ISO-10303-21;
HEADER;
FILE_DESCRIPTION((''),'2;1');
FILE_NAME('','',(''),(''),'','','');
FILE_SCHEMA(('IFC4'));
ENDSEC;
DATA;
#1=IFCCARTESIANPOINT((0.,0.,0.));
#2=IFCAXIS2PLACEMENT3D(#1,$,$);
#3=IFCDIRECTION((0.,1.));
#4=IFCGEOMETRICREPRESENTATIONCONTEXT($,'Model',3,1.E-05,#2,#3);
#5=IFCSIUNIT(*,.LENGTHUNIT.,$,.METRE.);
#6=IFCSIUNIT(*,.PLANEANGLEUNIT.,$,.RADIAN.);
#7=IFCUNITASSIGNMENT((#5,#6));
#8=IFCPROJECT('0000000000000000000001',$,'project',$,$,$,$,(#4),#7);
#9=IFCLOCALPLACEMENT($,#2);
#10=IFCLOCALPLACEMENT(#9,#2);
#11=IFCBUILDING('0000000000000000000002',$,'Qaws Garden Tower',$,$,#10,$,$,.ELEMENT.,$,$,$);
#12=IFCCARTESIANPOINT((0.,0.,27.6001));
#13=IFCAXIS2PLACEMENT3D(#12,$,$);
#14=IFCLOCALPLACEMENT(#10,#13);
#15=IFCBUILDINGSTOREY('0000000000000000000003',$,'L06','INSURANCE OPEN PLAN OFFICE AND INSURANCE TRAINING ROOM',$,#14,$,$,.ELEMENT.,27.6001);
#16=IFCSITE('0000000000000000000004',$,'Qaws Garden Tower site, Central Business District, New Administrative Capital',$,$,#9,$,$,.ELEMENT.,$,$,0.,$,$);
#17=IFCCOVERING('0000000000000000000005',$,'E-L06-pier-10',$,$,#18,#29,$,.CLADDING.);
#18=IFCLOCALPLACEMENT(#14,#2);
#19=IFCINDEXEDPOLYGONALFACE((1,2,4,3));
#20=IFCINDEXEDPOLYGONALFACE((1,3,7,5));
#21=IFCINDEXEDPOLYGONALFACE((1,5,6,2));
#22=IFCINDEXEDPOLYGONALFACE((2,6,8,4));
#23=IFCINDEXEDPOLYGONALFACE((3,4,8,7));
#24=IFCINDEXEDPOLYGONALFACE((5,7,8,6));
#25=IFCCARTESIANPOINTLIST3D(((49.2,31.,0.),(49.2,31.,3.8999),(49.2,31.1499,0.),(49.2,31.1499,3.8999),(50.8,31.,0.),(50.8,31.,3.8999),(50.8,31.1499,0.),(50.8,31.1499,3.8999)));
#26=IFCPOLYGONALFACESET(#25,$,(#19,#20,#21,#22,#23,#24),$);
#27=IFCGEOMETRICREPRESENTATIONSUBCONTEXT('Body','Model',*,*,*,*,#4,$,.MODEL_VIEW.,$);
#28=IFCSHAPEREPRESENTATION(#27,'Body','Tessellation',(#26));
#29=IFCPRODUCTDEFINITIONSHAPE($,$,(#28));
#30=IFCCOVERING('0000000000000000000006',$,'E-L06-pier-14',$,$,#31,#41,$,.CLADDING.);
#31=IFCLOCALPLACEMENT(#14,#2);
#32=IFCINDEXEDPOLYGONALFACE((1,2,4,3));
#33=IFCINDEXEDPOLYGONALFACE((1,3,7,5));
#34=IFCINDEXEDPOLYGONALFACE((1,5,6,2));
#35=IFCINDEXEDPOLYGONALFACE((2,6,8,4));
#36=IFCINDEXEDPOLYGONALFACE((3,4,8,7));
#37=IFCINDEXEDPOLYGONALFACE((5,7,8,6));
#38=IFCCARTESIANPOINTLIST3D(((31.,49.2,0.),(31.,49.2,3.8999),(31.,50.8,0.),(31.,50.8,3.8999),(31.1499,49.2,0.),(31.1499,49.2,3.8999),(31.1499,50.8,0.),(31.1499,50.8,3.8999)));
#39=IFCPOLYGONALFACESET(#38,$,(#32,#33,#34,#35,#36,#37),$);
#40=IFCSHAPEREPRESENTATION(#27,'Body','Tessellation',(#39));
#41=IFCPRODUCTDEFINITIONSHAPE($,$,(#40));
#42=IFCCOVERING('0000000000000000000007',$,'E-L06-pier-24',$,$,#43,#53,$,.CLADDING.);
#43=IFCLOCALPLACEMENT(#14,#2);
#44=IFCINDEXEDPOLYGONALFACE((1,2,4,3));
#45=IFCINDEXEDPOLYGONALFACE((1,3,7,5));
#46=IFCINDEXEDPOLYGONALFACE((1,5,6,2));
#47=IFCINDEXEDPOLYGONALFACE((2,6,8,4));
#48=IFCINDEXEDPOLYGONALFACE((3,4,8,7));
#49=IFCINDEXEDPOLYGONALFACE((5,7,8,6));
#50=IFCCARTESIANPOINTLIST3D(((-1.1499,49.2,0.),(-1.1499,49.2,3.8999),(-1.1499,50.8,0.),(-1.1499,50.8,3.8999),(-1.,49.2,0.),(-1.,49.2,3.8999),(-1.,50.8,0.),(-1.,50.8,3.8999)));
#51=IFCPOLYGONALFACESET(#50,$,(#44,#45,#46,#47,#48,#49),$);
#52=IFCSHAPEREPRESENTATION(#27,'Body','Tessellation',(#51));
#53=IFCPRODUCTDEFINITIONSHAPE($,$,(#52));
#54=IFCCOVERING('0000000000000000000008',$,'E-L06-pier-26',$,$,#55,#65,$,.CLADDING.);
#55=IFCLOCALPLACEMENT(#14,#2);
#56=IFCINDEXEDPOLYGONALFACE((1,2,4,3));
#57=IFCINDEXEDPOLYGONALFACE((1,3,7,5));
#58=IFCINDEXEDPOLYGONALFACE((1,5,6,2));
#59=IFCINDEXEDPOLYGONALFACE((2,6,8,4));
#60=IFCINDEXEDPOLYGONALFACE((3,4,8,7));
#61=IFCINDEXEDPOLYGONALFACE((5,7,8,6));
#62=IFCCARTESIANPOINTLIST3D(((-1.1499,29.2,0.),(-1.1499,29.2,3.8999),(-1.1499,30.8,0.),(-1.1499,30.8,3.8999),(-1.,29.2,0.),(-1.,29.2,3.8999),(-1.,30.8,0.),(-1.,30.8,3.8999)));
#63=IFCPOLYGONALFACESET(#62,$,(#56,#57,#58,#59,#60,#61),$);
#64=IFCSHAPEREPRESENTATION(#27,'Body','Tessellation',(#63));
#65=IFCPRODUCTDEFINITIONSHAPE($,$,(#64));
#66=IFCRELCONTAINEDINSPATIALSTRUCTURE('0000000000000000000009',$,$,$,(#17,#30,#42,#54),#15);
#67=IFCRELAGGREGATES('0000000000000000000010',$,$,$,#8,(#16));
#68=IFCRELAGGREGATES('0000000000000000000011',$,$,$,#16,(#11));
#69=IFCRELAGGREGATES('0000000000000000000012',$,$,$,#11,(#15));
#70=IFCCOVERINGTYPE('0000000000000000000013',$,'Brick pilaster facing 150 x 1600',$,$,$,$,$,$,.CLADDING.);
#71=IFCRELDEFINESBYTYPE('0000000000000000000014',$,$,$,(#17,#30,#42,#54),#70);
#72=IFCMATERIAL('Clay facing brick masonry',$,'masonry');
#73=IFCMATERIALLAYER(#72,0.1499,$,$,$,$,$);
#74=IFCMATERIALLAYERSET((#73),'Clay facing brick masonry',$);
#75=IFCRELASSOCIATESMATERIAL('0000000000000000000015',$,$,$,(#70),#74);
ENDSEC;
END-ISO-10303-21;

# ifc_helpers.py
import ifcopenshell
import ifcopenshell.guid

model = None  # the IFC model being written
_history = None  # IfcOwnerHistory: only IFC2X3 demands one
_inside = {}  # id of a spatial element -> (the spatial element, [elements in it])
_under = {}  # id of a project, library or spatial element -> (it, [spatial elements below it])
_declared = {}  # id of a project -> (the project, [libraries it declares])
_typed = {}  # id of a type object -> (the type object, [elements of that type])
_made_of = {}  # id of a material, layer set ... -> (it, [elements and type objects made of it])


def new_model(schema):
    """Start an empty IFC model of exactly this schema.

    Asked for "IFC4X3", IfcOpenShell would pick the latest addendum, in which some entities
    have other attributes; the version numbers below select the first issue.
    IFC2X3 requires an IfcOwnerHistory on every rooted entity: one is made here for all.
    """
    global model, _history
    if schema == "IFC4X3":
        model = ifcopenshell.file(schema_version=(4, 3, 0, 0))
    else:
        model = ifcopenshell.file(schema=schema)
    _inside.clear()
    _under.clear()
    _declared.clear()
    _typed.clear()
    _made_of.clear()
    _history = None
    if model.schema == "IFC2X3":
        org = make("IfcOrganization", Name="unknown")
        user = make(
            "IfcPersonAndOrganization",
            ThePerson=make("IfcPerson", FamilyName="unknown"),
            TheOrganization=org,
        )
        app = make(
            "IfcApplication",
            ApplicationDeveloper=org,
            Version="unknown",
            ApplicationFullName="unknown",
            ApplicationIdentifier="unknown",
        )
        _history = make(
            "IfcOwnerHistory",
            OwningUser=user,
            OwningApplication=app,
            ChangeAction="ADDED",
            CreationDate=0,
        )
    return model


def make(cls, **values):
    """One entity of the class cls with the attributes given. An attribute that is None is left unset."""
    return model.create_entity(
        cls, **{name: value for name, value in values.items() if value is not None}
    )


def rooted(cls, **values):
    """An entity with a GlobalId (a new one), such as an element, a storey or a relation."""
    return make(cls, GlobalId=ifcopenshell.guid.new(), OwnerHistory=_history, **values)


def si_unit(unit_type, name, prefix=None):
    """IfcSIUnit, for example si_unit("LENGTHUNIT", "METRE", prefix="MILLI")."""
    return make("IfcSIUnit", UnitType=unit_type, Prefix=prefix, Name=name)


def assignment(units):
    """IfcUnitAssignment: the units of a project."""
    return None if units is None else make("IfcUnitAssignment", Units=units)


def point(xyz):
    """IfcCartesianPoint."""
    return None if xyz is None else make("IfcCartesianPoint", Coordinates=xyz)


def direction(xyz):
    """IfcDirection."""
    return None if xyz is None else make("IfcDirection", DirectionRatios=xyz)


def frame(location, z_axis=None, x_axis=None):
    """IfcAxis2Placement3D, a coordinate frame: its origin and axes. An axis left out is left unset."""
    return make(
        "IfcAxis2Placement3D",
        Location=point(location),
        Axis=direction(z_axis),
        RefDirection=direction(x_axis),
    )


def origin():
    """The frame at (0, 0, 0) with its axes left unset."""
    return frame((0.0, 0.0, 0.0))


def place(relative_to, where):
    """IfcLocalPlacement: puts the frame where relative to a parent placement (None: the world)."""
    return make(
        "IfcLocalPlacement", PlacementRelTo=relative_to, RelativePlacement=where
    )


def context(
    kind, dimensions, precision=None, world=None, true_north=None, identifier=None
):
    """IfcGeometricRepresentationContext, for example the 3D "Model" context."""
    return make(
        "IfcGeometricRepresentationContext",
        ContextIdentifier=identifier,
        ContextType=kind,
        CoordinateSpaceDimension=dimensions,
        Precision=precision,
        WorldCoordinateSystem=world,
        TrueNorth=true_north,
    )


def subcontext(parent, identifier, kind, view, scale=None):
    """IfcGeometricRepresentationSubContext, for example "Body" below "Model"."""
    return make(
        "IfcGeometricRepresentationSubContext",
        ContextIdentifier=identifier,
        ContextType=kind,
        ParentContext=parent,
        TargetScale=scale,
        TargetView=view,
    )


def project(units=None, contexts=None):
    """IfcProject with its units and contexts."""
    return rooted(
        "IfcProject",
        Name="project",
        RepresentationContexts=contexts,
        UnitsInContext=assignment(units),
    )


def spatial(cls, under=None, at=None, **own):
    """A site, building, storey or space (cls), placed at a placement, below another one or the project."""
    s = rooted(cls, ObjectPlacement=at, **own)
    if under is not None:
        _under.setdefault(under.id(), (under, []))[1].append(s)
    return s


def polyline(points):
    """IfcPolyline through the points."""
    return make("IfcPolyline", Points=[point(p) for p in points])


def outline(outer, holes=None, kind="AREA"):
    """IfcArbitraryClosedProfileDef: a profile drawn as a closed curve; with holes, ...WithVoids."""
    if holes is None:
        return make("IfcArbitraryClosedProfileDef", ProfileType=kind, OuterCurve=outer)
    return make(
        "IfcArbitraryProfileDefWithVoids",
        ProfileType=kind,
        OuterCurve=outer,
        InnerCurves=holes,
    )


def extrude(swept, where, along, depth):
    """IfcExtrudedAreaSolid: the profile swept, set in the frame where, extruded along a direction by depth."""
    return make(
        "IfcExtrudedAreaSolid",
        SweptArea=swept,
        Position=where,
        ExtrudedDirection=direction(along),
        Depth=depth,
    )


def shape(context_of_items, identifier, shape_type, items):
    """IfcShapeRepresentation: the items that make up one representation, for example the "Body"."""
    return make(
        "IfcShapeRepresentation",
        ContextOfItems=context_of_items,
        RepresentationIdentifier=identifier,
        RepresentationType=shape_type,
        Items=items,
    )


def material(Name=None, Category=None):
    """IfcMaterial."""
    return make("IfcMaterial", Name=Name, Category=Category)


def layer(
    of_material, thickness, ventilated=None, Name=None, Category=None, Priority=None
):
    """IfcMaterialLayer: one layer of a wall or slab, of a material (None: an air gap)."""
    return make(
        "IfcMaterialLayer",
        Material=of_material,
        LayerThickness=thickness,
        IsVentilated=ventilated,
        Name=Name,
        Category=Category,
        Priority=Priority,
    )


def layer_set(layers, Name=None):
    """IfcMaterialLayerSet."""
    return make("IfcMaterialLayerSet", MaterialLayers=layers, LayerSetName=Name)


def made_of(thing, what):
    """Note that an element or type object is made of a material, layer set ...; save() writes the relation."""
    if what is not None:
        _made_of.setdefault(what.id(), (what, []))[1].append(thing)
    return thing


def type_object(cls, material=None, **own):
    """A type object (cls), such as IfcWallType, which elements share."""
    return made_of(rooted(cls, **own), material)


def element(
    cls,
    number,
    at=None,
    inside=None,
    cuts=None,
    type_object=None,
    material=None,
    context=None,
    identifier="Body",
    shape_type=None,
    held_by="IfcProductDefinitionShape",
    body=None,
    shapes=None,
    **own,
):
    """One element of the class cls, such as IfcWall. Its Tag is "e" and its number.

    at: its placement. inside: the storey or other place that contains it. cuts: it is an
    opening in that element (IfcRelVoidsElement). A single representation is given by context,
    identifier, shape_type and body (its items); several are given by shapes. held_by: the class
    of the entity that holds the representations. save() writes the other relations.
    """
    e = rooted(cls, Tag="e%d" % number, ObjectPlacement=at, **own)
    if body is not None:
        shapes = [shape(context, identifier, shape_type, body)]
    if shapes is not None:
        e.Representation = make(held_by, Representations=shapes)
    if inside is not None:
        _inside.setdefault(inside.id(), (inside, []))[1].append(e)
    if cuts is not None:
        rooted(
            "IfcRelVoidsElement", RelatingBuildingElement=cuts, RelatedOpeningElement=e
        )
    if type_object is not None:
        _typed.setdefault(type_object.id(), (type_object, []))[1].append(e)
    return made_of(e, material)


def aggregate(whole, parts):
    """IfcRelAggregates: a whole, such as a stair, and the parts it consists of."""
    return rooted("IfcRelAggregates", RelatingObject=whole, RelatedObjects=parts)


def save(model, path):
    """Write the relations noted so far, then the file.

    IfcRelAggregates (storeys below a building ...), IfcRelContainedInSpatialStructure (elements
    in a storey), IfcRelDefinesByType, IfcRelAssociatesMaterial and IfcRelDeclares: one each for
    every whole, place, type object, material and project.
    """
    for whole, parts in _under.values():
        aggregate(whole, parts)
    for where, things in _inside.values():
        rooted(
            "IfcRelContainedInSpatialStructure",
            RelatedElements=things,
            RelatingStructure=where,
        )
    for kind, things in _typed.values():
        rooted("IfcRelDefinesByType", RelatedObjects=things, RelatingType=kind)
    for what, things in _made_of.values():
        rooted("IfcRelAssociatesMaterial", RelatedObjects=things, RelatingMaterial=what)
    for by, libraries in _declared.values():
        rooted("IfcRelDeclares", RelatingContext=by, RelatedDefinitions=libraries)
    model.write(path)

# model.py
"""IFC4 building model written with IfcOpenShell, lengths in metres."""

from ifc_helpers import new_model, si_unit, direction, frame, origin, place, context, subcontext, project, spatial, polyline, outline, extrude, material, layer, layer_set, type_object, element, save


model = new_model("IFC4")

# Units and contexts
model_context = context("Model", 3, precision=1e-05, world=origin(), true_north=direction((0.0, 1.0)))
body_context = subcontext(model_context, "Body", "Model", "MODEL_VIEW")
ifc_project = project(units=[si_unit("LENGTHUNIT", "METRE"), si_unit("PLANEANGLEUNIT", "RADIAN")], contexts=[model_context])

# Site, building, storey
site_placement = place(None, origin())
site = spatial("IfcSite", under=ifc_project, at=site_placement, Name="Qaws Garden Tower site, Central Business District, New Administrative Capital", CompositionType="ELEMENT", RefElevation=0.0)
building_placement = place(site_placement, origin())
building = spatial("IfcBuilding", under=site, at=building_placement, Name="Qaws Garden Tower", CompositionType="ELEMENT")
storey_placement = place(building_placement, frame((0.0, 0.0, 27.6001)))
storey = spatial("IfcBuildingStorey", under=building, at=storey_placement, Name="L06", Description="INSURANCE OPEN PLAN OFFICE AND INSURANCE TRAINING ROOM", CompositionType="ELEMENT", Elevation=27.6001)

# Shared definitions
placement = place(storey_placement, origin())

# Coverings
ifc_material_1 = material(Name="Clay facing brick masonry", Category="masonry")
ifc_layer_1 = layer(ifc_material_1, 0.1499)
ifc_layer_set_1 = layer_set([ifc_layer_1], Name="Clay facing brick masonry")
covering_type = type_object("IfcCoveringType", Name="Brick pilaster facing 150 x 1600", PredefinedType="CLADDING", material=ifc_layer_set_1)
element("IfcCovering", 1, at=placement, inside=storey, type_object=covering_type, Name="E-L06-pier-10", PredefinedType="CLADDING", context=body_context, shape_type="SweptSolid", body=[
    extrude(outline(polyline([(50.8, 31.0), (49.2, 31.0), (49.2, 31.1499), (50.8, 31.1499), (50.8, 31.0)])), origin(), (0.0, 0.0, 1.0), 3.8999),
])
element("IfcCovering", 2, at=placement, inside=storey, type_object=covering_type, Name="E-L06-pier-14", PredefinedType="CLADDING", context=body_context, shape_type="SweptSolid", body=[
    extrude(outline(polyline([(31.0, 49.2), (31.0, 50.8), (31.1499, 50.8), (31.1499, 49.2), (31.0, 49.2)])), origin(), (0.0, 0.0, 1.0), 3.8999),
])
element("IfcCovering", 3, at=placement, inside=storey, type_object=covering_type, Name="E-L06-pier-24", PredefinedType="CLADDING", context=body_context, shape_type="SweptSolid", body=[
    extrude(outline(polyline([(-1.0, 50.8), (-1.0, 49.2), (-1.1499, 49.2), (-1.1499, 50.8), (-1.0, 50.8)])), origin(), (0.0, 0.0, 1.0), 3.8999),
])
element("IfcCovering", 4, at=placement, inside=storey, type_object=covering_type, Name="E-L06-pier-26", PredefinedType="CLADDING", context=body_context, shape_type="SweptSolid", body=[
    extrude(outline(polyline([(-1.0, 30.8), (-1.0, 29.2), (-1.1499, 29.2), (-1.1499, 30.8), (-1.0, 30.8)])), origin(), (0.0, 0.0, 1.0), 3.8999),
])

save(model, "model.ifc")
